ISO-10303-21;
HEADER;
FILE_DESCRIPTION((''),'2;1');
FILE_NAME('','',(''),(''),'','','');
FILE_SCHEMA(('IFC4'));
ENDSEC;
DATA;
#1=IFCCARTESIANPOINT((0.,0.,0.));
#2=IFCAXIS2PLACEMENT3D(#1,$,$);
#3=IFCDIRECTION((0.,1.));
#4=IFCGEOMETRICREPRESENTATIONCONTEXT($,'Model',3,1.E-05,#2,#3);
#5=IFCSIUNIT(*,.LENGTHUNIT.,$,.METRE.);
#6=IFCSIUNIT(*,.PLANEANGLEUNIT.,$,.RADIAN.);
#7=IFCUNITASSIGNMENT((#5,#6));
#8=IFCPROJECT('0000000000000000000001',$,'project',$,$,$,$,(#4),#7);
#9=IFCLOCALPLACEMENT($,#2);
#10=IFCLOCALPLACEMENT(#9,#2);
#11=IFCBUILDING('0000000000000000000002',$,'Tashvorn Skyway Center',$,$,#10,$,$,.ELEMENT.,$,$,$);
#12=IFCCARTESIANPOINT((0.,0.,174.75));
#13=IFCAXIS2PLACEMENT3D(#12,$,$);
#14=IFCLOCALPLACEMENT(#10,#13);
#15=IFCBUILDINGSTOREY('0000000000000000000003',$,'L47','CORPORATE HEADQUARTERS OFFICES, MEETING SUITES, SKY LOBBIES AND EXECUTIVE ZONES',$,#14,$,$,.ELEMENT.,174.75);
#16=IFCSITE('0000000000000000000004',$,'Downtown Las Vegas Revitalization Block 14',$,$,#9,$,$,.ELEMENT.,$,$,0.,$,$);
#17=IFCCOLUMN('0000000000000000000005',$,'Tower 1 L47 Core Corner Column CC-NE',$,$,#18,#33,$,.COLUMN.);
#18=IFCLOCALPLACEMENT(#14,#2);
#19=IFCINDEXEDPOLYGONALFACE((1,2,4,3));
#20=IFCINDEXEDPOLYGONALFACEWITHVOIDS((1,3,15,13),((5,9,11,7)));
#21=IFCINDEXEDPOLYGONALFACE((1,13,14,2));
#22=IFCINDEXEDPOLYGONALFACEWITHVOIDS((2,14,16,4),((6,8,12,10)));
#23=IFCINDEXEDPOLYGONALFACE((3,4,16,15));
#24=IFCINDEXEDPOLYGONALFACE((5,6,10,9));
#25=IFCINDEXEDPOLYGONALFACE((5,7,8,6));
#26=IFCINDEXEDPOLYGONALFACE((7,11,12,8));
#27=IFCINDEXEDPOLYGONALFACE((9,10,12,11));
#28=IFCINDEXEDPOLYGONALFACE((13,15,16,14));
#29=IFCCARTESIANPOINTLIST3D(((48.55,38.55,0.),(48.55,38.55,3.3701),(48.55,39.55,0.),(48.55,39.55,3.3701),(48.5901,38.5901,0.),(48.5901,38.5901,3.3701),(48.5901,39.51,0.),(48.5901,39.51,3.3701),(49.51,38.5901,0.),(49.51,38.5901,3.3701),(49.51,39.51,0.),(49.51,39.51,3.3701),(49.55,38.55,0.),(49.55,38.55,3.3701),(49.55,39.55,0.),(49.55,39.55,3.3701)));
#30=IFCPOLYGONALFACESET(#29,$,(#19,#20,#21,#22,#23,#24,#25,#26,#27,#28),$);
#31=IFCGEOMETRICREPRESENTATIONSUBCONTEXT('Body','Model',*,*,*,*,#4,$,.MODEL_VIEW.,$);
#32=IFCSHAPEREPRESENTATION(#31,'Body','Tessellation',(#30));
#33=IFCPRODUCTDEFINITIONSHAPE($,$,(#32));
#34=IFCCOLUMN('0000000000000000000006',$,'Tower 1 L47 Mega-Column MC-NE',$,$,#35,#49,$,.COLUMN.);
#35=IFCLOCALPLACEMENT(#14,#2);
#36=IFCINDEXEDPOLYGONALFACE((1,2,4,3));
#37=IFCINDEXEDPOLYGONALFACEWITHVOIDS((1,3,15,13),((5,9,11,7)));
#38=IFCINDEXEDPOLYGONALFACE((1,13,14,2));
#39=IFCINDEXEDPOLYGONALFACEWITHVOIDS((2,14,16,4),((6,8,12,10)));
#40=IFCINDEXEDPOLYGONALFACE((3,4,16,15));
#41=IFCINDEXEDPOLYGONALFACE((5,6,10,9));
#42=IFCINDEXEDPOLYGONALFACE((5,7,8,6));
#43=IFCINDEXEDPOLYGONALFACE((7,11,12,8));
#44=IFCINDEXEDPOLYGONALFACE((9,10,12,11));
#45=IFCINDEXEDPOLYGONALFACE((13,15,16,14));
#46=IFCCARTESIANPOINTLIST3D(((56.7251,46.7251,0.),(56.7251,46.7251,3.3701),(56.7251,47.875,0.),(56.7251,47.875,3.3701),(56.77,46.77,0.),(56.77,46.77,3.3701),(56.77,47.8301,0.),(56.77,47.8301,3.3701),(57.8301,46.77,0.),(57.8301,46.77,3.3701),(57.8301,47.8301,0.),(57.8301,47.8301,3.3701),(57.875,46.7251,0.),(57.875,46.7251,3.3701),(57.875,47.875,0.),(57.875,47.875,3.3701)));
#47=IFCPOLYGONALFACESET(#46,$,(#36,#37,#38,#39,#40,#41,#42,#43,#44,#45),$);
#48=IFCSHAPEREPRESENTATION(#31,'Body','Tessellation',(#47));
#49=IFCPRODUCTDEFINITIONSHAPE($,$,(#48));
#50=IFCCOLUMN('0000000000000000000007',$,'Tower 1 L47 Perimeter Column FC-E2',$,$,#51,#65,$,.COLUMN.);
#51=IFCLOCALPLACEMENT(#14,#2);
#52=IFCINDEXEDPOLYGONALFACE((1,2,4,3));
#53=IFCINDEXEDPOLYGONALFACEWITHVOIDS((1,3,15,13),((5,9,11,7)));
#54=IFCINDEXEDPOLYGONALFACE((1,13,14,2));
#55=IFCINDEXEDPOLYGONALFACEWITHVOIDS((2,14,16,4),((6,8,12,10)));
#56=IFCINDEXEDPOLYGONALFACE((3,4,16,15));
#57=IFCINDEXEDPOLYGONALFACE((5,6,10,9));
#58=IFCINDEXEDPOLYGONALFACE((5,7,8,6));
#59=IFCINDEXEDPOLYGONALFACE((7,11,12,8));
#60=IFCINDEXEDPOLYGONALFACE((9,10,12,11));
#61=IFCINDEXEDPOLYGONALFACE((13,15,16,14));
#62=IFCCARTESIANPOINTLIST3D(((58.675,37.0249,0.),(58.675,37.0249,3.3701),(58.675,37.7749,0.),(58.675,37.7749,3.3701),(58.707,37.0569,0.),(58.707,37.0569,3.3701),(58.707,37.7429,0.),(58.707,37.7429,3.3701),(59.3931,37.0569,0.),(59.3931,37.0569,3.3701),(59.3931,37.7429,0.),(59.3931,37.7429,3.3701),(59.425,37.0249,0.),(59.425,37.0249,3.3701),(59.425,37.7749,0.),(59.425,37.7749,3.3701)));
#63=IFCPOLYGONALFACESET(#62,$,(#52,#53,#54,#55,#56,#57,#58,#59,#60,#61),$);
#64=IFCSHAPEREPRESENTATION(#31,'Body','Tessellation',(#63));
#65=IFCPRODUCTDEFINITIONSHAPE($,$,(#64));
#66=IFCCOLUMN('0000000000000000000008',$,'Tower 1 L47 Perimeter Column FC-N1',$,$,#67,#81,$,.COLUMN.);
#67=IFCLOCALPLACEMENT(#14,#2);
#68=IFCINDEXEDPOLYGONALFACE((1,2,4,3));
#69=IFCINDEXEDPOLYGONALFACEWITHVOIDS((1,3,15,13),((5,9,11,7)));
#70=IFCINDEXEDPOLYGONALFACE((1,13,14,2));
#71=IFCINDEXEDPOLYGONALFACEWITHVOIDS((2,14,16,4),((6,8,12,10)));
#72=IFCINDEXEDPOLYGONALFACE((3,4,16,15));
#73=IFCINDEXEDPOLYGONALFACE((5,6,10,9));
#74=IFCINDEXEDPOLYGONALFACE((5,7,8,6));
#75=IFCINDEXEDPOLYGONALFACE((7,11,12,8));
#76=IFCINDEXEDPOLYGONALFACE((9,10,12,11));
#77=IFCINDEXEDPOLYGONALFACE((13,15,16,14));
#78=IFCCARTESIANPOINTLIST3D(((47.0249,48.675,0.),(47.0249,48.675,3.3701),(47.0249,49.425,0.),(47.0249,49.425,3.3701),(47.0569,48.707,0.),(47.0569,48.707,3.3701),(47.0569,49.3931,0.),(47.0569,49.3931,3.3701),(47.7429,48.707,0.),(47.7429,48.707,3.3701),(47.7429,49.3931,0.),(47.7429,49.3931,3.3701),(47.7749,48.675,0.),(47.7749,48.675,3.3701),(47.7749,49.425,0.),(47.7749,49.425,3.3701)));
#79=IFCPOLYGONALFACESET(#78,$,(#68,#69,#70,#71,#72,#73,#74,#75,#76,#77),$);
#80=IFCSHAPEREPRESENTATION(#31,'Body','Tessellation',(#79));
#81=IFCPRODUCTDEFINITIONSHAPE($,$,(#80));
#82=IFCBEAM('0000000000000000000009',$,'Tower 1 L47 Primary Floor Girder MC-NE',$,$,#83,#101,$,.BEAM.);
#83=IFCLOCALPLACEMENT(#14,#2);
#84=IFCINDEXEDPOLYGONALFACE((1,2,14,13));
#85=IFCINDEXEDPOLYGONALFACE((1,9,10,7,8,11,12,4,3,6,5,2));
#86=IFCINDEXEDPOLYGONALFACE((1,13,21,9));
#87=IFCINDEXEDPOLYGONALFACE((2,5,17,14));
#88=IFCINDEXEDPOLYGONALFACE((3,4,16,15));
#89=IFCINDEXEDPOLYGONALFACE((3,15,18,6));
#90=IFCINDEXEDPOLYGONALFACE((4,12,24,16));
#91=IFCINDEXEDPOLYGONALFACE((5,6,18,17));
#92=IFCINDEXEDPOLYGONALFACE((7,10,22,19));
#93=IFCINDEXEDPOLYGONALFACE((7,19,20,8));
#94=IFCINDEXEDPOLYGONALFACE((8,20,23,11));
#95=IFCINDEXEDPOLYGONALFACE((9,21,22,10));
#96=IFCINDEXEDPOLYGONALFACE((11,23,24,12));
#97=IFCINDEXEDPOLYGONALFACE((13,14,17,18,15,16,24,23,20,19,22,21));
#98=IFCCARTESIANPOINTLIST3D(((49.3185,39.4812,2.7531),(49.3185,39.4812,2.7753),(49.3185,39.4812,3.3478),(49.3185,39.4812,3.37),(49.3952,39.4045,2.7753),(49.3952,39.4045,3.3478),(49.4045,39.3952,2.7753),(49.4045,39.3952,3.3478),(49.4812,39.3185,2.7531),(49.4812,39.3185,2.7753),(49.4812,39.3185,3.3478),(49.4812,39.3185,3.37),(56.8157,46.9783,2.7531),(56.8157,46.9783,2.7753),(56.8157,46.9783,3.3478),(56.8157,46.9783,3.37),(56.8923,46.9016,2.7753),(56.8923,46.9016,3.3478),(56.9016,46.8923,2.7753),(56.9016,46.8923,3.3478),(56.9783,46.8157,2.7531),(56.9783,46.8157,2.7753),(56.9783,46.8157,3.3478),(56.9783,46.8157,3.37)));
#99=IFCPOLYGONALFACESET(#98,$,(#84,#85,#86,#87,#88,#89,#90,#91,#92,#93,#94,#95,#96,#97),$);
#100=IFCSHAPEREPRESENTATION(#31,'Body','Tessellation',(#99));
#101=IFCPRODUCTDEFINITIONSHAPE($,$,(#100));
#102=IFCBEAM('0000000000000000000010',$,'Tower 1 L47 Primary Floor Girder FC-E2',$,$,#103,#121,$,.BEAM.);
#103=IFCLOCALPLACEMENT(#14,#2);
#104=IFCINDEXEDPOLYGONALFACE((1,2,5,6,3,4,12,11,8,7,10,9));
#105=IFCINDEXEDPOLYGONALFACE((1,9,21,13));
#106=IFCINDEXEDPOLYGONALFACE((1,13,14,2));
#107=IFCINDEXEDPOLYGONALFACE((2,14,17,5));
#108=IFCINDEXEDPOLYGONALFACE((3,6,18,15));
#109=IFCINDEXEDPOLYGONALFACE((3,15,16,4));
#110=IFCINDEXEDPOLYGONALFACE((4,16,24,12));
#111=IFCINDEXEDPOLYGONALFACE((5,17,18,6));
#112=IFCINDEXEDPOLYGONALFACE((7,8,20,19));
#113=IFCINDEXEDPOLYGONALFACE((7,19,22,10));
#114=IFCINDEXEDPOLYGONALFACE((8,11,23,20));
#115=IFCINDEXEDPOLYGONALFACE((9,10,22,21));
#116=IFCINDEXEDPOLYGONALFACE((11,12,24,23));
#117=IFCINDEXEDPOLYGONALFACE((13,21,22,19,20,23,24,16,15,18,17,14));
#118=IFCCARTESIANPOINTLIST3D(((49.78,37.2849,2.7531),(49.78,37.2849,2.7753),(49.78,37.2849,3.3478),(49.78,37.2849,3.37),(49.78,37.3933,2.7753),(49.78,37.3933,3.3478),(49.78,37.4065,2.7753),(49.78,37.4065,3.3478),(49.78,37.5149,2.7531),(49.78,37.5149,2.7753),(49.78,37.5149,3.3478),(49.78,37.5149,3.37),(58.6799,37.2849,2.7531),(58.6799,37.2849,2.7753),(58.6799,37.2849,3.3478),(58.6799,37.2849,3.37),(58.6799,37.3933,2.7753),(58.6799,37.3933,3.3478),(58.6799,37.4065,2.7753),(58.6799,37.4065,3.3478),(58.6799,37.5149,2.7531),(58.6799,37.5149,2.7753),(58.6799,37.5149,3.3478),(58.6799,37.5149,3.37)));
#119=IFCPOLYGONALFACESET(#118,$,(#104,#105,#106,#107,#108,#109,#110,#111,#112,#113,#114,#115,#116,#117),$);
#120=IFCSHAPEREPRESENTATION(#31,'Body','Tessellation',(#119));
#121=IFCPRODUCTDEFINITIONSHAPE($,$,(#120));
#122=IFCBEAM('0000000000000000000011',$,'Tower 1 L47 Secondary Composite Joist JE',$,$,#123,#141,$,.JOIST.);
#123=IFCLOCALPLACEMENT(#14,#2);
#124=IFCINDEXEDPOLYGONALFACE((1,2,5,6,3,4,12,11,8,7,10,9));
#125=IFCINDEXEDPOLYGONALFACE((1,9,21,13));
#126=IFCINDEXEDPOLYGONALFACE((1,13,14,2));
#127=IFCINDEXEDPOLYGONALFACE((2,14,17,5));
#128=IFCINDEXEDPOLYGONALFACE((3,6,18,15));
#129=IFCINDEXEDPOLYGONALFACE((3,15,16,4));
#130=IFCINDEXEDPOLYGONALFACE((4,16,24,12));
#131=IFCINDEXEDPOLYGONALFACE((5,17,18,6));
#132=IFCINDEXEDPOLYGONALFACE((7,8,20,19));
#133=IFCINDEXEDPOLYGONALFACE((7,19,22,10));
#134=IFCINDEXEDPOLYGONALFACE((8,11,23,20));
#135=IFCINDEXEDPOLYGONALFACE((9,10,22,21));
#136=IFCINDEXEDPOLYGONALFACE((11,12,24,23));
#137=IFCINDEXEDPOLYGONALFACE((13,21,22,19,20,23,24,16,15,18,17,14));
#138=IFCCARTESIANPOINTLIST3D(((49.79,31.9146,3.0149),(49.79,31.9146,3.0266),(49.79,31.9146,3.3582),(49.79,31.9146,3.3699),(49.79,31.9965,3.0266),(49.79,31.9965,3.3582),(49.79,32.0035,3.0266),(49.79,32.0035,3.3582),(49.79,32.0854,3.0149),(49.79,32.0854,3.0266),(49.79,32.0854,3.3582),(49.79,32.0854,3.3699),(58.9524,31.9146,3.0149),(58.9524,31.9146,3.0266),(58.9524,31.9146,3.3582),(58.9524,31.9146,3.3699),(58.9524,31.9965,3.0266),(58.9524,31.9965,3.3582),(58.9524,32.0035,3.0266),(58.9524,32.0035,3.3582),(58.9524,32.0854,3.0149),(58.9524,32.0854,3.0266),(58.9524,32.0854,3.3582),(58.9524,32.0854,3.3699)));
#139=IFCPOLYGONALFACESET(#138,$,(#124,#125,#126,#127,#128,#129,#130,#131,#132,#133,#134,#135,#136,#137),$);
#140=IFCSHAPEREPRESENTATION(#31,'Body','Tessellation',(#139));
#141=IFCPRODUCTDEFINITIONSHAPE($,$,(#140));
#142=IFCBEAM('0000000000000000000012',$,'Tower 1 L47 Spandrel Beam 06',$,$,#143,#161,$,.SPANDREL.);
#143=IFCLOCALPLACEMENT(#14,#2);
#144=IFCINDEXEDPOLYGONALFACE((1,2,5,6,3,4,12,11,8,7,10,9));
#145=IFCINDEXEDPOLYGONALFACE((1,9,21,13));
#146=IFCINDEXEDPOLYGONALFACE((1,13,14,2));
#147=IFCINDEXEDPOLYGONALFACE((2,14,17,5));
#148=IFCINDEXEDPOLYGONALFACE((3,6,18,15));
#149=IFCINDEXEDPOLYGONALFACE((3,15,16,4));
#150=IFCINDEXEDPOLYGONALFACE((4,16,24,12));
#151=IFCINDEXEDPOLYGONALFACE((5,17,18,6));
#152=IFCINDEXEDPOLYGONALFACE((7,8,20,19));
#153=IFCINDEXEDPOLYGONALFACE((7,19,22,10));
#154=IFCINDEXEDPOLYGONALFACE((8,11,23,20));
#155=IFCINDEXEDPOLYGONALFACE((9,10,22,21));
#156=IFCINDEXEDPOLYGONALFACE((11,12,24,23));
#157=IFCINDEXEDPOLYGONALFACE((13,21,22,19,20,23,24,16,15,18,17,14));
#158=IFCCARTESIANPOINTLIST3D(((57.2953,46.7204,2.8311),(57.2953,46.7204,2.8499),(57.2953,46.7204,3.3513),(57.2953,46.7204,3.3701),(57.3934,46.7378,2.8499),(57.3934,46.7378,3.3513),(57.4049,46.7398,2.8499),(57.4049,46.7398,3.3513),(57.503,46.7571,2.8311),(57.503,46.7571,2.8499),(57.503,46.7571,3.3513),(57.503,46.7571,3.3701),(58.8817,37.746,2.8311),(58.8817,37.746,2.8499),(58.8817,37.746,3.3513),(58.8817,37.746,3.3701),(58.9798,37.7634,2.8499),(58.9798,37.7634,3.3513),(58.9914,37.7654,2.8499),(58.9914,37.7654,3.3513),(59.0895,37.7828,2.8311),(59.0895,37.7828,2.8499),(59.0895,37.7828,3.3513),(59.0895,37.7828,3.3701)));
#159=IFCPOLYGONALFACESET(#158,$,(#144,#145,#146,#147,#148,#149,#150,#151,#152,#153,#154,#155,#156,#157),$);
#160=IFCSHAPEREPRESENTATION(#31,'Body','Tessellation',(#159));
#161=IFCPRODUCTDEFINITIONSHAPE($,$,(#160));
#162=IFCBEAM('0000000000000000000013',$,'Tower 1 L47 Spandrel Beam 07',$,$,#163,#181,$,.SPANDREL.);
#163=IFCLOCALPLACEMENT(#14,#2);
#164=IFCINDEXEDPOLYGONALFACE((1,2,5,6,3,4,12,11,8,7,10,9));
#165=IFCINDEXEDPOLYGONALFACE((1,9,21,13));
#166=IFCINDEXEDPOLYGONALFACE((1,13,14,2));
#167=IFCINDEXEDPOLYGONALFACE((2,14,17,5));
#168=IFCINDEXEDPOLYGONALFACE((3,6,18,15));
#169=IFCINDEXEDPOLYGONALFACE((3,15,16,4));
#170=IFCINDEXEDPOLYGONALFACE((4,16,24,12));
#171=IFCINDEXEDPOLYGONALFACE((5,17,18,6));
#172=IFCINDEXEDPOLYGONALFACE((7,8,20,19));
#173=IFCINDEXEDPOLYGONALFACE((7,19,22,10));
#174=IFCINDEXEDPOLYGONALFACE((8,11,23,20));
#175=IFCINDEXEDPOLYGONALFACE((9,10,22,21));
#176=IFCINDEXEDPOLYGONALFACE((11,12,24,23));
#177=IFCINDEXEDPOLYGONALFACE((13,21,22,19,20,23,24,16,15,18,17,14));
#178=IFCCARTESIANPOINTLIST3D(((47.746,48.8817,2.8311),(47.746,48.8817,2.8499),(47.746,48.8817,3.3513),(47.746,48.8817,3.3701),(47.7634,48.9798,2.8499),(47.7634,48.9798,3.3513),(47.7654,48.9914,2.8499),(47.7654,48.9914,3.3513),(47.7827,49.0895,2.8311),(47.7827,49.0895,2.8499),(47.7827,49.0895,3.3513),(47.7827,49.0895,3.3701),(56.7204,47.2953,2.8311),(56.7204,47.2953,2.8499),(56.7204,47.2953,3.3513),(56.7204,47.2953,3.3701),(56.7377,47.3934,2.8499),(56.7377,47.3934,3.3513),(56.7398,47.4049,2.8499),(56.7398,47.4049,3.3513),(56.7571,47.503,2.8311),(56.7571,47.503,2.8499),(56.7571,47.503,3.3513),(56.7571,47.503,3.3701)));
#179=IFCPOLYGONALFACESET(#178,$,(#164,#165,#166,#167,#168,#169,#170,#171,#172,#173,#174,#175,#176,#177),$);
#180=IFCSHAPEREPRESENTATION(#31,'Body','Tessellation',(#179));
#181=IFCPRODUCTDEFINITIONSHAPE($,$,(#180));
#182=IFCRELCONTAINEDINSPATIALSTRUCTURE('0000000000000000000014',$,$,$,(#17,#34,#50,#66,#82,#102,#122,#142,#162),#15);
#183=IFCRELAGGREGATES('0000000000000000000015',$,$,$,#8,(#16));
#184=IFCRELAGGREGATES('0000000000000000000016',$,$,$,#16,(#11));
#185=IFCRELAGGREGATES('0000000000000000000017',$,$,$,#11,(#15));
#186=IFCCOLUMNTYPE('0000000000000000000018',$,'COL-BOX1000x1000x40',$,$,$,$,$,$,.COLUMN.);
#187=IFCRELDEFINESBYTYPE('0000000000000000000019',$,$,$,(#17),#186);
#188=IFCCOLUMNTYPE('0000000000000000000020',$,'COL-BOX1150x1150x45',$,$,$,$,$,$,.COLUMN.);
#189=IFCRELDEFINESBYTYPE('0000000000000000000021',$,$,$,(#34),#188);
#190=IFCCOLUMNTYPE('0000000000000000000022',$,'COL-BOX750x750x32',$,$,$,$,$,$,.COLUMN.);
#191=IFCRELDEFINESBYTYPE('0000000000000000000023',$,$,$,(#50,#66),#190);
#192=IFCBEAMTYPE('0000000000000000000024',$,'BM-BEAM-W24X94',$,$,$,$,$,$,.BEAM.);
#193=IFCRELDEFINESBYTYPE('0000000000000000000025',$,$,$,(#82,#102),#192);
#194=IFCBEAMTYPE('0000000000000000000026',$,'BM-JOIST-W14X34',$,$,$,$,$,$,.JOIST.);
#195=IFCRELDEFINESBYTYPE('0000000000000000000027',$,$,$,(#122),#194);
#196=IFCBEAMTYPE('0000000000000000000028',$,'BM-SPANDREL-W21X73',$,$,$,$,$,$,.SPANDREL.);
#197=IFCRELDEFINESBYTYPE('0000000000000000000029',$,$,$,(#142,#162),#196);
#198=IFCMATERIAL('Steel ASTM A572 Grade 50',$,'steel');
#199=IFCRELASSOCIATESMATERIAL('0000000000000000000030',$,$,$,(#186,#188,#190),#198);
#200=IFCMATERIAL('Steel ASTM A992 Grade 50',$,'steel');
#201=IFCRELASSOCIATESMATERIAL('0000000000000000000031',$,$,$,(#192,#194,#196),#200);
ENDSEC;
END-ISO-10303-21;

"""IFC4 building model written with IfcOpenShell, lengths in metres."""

from ifc_helpers import new_model, si_unit, direction, frame, origin, origin_2d, place, context, subcontext, project, spatial, hollow_rectangle, i_section, extrude, material, material_profile, profile_set, type_object, element, save


model = new_model("IFC4")

# Units and contexts
model_context = context("Model", 3, precision=1e-05, world=origin(), true_north=direction((0.0, 1.0)))
body_context = subcontext(model_context, "Body", "Model", "MODEL_VIEW")
ifc_project = project(units=[si_unit("LENGTHUNIT", "METRE"), si_unit("PLANEANGLEUNIT", "RADIAN")], contexts=[model_context])

# Site, building, storey
site_placement = place(None, origin())
site = spatial("IfcSite", under=ifc_project, at=site_placement, Name="Downtown Las Vegas Revitalization Block 14", CompositionType="ELEMENT", RefElevation=0.0)
building_placement = place(site_placement, origin())
building = spatial("IfcBuilding", under=site, at=building_placement, Name="Tashvorn Skyway Center", CompositionType="ELEMENT")
storey_placement = place(building_placement, frame((0.0, 0.0, 174.75)))
storey = spatial("IfcBuildingStorey", under=building, at=storey_placement, Name="L47", Description="CORPORATE HEADQUARTERS OFFICES, MEETING SUITES, SKY LOBBIES AND EXECUTIVE ZONES", CompositionType="ELEMENT", Elevation=174.75)

# Columns
ifc_material_1 = material(Name="Steel ASTM A572 Grade 50", Category="steel")
ifc_material_profile_1 = material_profile(ifc_material_1, hollow_rectangle(XDim=1.0, YDim=1.0, WallThickness=0.04, at=origin_2d()), Name="BOX1000x1000x40")
ifc_profile_set_1 = profile_set([ifc_material_profile_1], Name="Steel ASTM A572 Grade 50")
column_type_1 = type_object("IfcColumnType", Name="COL-BOX1000x1000x40", PredefinedType="COLUMN", material=ifc_profile_set_1)
column_1_placement = place(storey_placement, frame((49.05, 39.05, 0.0), z_axis=(0.0, 0.0, 1.0), x_axis=(1.0, 0.0, 0.0)))
element("IfcColumn", 1, at=column_1_placement, inside=storey, type_object=column_type_1, Name="Tower 1 L47 Core Corner Column CC-NE", PredefinedType="COLUMN", context=body_context, shape_type="SweptSolid", body=[
    extrude(hollow_rectangle(XDim=1.0, YDim=1.0, WallThickness=0.04, at=origin_2d()), origin(), (0.0, 0.0, 1.0), 3.3701),
])
ifc_material_profile_2 = material_profile(ifc_material_1, hollow_rectangle(XDim=1.1499, YDim=1.1499, WallThickness=0.0449, at=origin_2d()), Name="BOX1150x1150x45")
ifc_profile_set_2 = profile_set([ifc_material_profile_2], Name="Steel ASTM A572 Grade 50")
column_type_2 = type_object("IfcColumnType", Name="COL-BOX1150x1150x45", PredefinedType="COLUMN", material=ifc_profile_set_2)
column_2_placement = place(storey_placement, frame((57.3, 47.3, 0.0), z_axis=(0.0, 0.0, 1.0), x_axis=(1.0, 0.0, 0.0)))
element("IfcColumn", 2, at=column_2_placement, inside=storey, type_object=column_type_2, Name="Tower 1 L47 Mega-Column MC-NE", PredefinedType="COLUMN", context=body_context, shape_type="SweptSolid", body=[
    extrude(hollow_rectangle(XDim=1.1499, YDim=1.1499, WallThickness=0.0449, at=origin_2d()), origin(), (0.0, 0.0, 1.0), 3.3701),
])
ifc_material_profile_3 = material_profile(ifc_material_1, hollow_rectangle(XDim=0.75, YDim=0.75, WallThickness=0.032, at=origin_2d()), Name="BOX750x750x32")
ifc_profile_set_3 = profile_set([ifc_material_profile_3], Name="Steel ASTM A572 Grade 50")
column_type_3 = type_object("IfcColumnType", Name="COL-BOX750x750x32", PredefinedType="COLUMN", material=ifc_profile_set_3)
for number, where, z_axis, x_axis, name in (
    (3, (59.05, 37.3999, 0.0), (0.0, 0.0, 1.0), (1.0, 0.0, 0.0), "Tower 1 L47 Perimeter Column FC-E2"),
    (4, (47.3999, 49.05, 0.0), (0.0, 0.0, 1.0), (1.0, 0.0, 0.0), "Tower 1 L47 Perimeter Column FC-N1"),
):
    element("IfcColumn", number, at=place(storey_placement, frame(where, z_axis=z_axis, x_axis=x_axis)), inside=storey, type_object=column_type_3, Name=name, PredefinedType="COLUMN", context=body_context, shape_type="SweptSolid", body=[
        extrude(hollow_rectangle(XDim=0.75, YDim=0.75, WallThickness=0.032, at=origin_2d()), origin(), (0.0, 0.0, 1.0), 3.3701),
    ])

# Beams
ifc_material_2 = material(Name="Steel ASTM A992 Grade 50", Category="steel")
ifc_material_profile_4 = material_profile(ifc_material_2, i_section(OverallWidth=0.23, OverallDepth=0.6169, WebThickness=0.0132, FlangeThickness=0.0222, at=origin_2d()), Name="W24X94")
ifc_profile_set_4 = profile_set([ifc_material_profile_4], Name="Steel ASTM A992 Grade 50")
beam_type_1 = type_object("IfcBeamType", Name="BM-BEAM-W24X94", PredefinedType="BEAM", material=ifc_profile_set_4)
beam_1_placement = place(storey_placement, frame((56.897, 46.897, 3.0615), z_axis=(-0.707107, -0.707107, 0.0), x_axis=(0.707107, -0.707107, 0.0)))
element("IfcBeam", 5, at=beam_1_placement, inside=storey, type_object=beam_type_1, Name="Tower 1 L47 Primary Floor Girder MC-NE", PredefinedType="BEAM", context=body_context, shape_type="SweptSolid", body=[
    extrude(i_section(OverallWidth=0.23, OverallDepth=0.6169, WebThickness=0.0132, FlangeThickness=0.0222, at=origin_2d()), origin(), (0.0, 0.0, 1.0), 10.6025),
])
beam_2_placement = place(storey_placement, frame((58.6799, 37.3999, 3.0615), z_axis=(-1.0, 0.0, 0.0), x_axis=(0.0, -1.0, 0.0)))
element("IfcBeam", 6, at=beam_2_placement, inside=storey, type_object=beam_type_1, Name="Tower 1 L47 Primary Floor Girder FC-E2", PredefinedType="BEAM", context=body_context, shape_type="SweptSolid", body=[
    extrude(i_section(OverallWidth=0.23, OverallDepth=0.6169, WebThickness=0.0132, FlangeThickness=0.0222, at=origin_2d()), origin(), (0.0, 0.0, 1.0), 8.8999),
])
ifc_material_profile_5 = material_profile(ifc_material_2, i_section(OverallWidth=0.1709, OverallDepth=0.355, WebThickness=0.0071, FlangeThickness=0.0117, at=origin_2d()), Name="W14X34")
ifc_profile_set_5 = profile_set([ifc_material_profile_5], Name="Steel ASTM A992 Grade 50")
beam_type_2 = type_object("IfcBeamType", Name="BM-JOIST-W14X34", PredefinedType="JOIST", material=ifc_profile_set_5)
beam_3_placement = place(storey_placement, frame((49.79, 32.0, 3.1924), z_axis=(1.0, 0.0, 0.0), x_axis=(0.0, 1.0, 0.0)))
element("IfcBeam", 7, at=beam_3_placement, inside=storey, type_object=beam_type_2, Name="Tower 1 L47 Secondary Composite Joist JE", PredefinedType="JOIST", context=body_context, shape_type="SweptSolid", body=[
    extrude(i_section(OverallWidth=0.1709, OverallDepth=0.355, WebThickness=0.0071, FlangeThickness=0.0117, at=origin_2d()), origin(), (0.0, 0.0, 1.0), 9.1624),
])
ifc_material_profile_6 = material_profile(ifc_material_2, i_section(OverallWidth=0.2109, OverallDepth=0.5391, WebThickness=0.0117, FlangeThickness=0.0188, at=origin_2d()), Name="W21X73")
ifc_profile_set_6 = profile_set([ifc_material_profile_6], Name="Steel ASTM A992 Grade 50")
beam_type_3 = type_object("IfcBeamType", Name="BM-SPANDREL-W21X73", PredefinedType="SPANDREL", material=ifc_profile_set_6)
for number, where, z_axis, x_axis, name in (
    (8, (58.9856, 37.7644, 3.1006), (-0.174074, 0.984733, 0.0), (-0.984733, -0.174074, 0.0), "Tower 1 L47 Spandrel Beam 06"),
    (9, (56.7388, 47.3992, 3.1006), (-0.984733, 0.174074, 0.0), (-0.174074, -0.984733, 0.0), "Tower 1 L47 Spandrel Beam 07"),
):
    element("IfcBeam", number, at=place(storey_placement, frame(where, z_axis=z_axis, x_axis=x_axis)), inside=storey, type_object=beam_type_3, Name=name, PredefinedType="SPANDREL", context=body_context, shape_type="SweptSolid", body=[
        extrude(i_section(OverallWidth=0.2109, OverallDepth=0.5391, WebThickness=0.0117, FlangeThickness=0.0188, at=origin_2d()), origin(), (0.0, 0.0, 1.0), 9.1135),
    ])

save(model, "model.ifc")
